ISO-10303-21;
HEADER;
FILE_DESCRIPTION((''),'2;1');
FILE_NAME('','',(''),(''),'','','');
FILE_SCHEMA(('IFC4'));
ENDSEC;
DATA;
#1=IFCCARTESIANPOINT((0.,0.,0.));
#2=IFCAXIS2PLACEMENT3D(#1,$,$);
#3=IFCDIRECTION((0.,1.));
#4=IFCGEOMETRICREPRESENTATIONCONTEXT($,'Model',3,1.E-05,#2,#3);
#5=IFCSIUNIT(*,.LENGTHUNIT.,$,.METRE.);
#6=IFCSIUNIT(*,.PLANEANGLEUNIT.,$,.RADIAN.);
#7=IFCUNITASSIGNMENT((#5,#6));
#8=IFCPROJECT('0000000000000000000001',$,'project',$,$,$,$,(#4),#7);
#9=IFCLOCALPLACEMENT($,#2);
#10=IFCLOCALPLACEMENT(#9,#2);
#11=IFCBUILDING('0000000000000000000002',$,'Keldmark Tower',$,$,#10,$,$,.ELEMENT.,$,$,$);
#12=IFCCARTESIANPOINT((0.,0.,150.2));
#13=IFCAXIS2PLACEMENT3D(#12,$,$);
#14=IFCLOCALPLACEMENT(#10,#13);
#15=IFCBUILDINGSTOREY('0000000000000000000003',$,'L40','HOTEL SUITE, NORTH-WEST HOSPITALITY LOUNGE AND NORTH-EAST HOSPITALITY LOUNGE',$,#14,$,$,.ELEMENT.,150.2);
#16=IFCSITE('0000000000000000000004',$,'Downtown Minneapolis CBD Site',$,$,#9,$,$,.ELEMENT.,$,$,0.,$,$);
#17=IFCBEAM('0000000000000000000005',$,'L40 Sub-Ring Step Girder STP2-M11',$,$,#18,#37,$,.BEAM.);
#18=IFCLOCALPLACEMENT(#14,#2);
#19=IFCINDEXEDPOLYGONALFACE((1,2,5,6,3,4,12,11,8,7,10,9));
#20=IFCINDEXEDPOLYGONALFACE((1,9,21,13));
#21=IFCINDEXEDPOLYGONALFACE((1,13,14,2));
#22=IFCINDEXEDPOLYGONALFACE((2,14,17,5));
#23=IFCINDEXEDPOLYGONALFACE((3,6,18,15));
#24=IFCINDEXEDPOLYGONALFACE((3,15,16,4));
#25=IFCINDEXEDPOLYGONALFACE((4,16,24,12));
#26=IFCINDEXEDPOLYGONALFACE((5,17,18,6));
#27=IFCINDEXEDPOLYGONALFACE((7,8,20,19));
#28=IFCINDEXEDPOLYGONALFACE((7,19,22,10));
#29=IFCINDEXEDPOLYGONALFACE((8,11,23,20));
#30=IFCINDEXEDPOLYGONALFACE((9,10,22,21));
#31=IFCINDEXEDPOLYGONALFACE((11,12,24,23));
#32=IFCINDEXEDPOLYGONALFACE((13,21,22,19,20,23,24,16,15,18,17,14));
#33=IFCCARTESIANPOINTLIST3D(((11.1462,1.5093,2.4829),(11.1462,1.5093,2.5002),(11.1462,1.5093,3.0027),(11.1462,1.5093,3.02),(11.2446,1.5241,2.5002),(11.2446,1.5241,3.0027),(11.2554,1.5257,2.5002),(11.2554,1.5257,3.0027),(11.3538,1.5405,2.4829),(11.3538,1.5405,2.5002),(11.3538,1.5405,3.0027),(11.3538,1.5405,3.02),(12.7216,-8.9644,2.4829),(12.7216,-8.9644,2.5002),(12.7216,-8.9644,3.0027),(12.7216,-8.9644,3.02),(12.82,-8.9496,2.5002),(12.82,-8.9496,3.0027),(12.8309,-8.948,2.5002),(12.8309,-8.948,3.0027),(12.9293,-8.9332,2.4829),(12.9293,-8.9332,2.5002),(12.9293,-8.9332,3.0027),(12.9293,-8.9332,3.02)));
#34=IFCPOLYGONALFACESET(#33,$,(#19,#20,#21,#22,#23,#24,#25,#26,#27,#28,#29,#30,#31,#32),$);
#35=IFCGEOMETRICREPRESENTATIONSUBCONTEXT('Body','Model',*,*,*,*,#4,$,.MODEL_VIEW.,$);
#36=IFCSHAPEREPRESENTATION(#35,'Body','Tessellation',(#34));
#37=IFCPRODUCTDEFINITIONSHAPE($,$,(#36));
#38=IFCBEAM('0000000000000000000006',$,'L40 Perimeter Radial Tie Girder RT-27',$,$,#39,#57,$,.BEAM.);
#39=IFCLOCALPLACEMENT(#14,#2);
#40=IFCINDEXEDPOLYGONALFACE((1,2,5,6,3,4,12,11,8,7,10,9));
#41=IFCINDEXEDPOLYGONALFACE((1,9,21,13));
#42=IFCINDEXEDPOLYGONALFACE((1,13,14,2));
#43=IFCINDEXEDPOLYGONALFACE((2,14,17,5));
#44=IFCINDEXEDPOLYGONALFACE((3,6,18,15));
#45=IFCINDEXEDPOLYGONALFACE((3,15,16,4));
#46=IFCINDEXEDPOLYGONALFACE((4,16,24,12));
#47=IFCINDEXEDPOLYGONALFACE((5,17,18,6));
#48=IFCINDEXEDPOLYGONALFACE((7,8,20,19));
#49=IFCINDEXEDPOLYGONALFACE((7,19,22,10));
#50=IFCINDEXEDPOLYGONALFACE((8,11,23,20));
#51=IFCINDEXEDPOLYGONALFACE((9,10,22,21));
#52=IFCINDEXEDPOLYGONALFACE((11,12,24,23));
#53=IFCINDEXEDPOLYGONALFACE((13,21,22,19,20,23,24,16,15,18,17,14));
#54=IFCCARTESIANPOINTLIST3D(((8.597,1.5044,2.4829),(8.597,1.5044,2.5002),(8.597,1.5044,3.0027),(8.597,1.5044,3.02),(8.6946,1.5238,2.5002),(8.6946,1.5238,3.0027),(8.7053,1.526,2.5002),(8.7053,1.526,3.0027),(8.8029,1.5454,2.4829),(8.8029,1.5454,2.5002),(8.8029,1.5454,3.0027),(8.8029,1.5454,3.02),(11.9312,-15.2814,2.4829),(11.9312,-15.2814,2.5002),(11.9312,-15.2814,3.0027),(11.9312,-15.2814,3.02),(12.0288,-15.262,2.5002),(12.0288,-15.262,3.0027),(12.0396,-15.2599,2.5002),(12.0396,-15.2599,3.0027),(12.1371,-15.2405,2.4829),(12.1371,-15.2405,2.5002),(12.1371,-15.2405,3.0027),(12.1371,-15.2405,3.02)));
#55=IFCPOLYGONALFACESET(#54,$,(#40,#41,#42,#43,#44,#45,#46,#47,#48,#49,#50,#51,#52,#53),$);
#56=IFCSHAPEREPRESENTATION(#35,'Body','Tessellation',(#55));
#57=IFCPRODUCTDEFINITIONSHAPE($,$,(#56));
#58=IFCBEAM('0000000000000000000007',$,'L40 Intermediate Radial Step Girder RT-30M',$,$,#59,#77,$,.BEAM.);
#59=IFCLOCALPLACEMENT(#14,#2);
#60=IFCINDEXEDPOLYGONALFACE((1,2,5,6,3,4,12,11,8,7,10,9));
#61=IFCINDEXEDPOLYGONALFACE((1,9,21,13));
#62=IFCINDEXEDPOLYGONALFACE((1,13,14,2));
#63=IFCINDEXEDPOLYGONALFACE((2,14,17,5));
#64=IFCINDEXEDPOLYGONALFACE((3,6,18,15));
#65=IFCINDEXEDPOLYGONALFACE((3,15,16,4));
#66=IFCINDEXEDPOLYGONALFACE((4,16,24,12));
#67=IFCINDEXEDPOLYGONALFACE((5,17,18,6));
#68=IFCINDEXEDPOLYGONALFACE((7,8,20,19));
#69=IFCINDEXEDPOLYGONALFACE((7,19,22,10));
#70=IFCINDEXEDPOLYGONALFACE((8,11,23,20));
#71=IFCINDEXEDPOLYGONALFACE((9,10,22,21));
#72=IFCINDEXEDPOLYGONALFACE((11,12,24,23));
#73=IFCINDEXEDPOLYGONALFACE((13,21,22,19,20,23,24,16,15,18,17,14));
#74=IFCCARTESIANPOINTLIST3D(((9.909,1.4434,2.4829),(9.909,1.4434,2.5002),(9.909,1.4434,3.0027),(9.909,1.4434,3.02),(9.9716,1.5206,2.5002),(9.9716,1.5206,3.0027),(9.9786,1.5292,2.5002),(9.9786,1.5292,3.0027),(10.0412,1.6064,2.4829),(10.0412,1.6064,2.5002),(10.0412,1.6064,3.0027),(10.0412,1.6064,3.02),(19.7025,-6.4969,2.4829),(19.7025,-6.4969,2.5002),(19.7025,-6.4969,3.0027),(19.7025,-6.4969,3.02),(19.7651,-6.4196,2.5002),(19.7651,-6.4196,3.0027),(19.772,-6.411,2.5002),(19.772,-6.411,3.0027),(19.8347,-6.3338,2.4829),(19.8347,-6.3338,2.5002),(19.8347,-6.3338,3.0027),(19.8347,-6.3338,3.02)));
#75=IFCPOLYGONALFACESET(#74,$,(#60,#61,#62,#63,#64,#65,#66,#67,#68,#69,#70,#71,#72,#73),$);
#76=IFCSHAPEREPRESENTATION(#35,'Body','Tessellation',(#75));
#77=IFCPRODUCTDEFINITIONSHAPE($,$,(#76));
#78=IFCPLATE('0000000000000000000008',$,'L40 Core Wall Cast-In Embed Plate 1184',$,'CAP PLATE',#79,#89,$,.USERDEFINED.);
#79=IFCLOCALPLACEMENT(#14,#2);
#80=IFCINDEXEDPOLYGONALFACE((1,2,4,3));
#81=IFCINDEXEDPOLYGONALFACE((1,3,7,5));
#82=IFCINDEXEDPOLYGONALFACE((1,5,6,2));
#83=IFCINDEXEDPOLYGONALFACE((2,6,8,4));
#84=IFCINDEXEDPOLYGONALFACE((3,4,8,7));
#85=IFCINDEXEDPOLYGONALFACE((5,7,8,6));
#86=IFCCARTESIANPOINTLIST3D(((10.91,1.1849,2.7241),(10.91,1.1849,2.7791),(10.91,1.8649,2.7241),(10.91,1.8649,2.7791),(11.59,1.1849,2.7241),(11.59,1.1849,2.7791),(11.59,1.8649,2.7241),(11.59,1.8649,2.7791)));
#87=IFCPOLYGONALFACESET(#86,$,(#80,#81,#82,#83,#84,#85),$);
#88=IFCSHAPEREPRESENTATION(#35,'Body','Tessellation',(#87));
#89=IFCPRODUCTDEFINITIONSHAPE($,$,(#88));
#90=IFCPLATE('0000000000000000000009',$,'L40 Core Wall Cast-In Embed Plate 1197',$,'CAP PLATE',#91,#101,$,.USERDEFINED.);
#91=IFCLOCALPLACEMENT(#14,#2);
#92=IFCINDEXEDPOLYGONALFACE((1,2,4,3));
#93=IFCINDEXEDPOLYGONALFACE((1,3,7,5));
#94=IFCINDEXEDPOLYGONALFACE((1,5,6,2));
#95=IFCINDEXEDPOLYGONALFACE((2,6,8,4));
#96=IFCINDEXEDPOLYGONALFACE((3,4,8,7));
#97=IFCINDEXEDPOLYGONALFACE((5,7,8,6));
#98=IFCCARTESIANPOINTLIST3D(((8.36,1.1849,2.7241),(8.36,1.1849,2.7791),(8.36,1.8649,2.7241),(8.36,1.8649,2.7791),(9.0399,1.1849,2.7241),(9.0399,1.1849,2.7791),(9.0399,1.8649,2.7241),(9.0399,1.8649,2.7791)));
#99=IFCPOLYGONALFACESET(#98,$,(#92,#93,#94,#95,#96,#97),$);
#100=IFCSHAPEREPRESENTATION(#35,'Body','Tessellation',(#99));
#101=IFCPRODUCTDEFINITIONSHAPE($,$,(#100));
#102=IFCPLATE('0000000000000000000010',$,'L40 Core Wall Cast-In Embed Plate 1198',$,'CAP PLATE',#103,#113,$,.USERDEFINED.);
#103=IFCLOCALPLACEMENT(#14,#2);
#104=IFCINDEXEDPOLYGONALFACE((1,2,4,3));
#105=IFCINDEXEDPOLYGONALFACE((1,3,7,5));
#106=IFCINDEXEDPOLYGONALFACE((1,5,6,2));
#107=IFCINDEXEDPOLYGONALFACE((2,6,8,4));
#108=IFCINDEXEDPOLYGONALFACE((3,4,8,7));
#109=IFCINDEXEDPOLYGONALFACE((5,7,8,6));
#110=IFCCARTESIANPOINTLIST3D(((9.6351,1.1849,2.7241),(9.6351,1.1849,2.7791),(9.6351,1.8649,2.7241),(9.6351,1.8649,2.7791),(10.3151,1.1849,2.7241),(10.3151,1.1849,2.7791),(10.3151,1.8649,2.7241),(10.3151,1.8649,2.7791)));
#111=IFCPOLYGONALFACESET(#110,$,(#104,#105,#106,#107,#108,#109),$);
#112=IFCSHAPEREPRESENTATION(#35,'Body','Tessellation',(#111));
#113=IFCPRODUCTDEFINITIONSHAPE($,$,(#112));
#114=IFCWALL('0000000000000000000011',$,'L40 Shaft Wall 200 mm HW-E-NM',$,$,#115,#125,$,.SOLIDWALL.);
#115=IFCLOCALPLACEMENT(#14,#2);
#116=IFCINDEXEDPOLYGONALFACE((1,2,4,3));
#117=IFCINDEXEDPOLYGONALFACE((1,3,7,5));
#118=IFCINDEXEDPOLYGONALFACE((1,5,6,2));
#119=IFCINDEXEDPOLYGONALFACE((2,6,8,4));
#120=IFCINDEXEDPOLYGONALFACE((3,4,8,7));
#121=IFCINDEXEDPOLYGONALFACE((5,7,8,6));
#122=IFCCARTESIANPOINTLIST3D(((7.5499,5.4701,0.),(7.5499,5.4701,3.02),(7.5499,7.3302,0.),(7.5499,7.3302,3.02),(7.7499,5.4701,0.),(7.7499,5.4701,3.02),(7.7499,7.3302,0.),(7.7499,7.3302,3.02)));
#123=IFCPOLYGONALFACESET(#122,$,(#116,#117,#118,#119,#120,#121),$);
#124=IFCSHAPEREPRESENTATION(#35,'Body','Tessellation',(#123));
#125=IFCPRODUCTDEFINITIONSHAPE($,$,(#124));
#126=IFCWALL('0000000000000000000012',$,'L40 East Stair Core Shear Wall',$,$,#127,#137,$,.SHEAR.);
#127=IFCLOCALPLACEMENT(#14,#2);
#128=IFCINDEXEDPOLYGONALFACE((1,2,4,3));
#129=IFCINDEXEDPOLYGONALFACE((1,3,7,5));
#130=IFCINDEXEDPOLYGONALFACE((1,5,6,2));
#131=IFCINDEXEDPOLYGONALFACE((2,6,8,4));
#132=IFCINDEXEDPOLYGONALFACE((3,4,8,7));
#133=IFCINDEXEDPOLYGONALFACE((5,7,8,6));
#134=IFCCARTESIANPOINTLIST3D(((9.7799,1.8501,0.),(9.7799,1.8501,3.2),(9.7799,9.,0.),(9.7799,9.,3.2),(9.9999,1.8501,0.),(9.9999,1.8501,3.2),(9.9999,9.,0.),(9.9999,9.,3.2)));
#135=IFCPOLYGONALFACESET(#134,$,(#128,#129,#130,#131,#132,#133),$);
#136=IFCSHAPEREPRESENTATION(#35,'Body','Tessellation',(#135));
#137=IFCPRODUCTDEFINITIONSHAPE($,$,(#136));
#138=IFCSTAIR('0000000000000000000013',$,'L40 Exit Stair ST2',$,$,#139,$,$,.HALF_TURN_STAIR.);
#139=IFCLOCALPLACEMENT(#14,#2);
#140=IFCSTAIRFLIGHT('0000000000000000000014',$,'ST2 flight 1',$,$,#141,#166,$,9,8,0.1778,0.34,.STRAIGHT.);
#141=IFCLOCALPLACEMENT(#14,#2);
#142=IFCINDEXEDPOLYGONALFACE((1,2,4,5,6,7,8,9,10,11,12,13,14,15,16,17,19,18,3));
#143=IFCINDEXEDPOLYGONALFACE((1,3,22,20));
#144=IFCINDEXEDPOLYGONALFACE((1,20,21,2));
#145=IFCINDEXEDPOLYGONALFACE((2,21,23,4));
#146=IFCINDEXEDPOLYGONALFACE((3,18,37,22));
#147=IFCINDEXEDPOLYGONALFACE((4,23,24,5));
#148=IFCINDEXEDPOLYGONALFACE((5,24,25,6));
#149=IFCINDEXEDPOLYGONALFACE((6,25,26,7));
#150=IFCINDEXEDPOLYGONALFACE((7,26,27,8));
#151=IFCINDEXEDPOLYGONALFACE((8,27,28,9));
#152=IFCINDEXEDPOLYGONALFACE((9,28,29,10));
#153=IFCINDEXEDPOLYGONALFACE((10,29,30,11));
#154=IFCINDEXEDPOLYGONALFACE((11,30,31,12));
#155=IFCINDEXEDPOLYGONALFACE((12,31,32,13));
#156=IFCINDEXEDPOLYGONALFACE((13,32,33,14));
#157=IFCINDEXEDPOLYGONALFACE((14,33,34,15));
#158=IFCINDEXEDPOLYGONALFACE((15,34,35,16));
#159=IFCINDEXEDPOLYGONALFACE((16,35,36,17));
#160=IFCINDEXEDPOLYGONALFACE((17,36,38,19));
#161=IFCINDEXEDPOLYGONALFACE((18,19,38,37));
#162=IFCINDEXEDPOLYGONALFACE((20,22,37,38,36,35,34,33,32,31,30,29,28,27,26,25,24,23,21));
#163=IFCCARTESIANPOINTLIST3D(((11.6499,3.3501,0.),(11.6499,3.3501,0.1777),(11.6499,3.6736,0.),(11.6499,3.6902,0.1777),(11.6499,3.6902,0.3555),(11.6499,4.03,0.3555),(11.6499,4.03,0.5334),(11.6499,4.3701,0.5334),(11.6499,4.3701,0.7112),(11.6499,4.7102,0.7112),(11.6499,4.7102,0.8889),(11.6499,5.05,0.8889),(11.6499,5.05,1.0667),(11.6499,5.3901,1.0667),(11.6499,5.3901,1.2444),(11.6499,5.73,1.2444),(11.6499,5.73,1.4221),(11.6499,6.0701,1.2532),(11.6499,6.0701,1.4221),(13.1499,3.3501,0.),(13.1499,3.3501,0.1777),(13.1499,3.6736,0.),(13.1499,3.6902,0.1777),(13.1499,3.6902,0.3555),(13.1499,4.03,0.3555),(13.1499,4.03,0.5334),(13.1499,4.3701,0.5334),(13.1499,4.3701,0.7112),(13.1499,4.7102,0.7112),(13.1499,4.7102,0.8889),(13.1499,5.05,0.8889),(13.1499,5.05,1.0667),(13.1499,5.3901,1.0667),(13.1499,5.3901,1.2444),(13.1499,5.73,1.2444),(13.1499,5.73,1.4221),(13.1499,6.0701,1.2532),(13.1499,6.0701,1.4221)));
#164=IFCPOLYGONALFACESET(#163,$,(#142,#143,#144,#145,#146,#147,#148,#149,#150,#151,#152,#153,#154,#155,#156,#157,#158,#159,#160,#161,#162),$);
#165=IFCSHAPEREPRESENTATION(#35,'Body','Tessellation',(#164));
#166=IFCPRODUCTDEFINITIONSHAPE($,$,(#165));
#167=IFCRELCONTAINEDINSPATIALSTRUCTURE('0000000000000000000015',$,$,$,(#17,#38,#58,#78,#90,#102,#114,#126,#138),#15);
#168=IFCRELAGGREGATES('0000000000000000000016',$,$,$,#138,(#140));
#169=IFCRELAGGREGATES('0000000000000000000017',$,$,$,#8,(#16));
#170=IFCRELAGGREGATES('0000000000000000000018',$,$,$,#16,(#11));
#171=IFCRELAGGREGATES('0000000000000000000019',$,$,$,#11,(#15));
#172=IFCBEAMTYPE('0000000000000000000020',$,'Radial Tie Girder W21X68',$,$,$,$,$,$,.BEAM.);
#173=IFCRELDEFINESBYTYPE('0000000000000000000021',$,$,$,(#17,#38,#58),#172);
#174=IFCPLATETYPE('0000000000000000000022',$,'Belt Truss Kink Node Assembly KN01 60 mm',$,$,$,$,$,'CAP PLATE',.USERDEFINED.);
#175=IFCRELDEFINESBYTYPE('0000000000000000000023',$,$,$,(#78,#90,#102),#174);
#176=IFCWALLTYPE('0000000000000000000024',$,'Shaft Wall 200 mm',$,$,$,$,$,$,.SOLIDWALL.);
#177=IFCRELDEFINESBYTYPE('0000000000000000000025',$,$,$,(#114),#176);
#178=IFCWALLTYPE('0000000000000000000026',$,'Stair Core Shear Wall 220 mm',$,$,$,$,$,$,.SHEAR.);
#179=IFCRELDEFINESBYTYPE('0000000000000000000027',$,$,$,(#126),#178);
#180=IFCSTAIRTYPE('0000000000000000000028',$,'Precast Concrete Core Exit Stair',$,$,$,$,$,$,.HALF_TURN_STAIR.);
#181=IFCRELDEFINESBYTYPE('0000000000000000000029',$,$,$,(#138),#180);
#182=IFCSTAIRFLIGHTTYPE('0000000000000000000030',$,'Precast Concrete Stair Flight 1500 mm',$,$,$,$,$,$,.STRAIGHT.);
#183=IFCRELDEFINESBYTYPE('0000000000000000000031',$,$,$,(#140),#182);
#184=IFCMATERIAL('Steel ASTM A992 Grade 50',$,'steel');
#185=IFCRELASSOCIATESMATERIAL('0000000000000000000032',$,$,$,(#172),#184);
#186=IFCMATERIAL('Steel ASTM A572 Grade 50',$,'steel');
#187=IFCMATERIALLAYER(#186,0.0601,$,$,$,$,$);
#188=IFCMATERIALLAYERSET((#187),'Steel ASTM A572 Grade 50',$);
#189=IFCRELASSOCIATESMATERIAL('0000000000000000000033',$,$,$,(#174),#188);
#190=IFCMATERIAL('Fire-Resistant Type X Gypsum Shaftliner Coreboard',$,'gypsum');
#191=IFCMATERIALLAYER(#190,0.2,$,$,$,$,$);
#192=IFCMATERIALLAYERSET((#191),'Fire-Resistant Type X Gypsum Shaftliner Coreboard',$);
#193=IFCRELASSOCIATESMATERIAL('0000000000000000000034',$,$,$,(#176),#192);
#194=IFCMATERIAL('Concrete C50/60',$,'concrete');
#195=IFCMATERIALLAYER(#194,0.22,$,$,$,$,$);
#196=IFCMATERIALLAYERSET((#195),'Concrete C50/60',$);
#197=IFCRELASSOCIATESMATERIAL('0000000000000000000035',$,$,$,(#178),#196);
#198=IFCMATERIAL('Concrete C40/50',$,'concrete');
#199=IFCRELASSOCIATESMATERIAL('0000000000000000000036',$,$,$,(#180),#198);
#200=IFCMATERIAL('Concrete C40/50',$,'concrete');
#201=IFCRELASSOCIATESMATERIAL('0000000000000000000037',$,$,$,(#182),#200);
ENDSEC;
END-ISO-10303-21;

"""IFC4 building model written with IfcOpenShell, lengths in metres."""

from ifc_helpers import new_model, si_unit, direction, frame, frame_2d, origin, origin_2d, place, context, subcontext, project, spatial, polyline, rectangle, i_section, outline, extrude, material, layer, layer_set, material_profile, profile_set, type_object, element, aggregate, save


model = new_model("IFC4")

# Units and contexts
model_context = context("Model", 3, precision=1e-05, world=origin(), true_north=direction((0.0, 1.0)))
body_context = subcontext(model_context, "Body", "Model", "MODEL_VIEW")
ifc_project = project(units=[si_unit("LENGTHUNIT", "METRE"), si_unit("PLANEANGLEUNIT", "RADIAN")], contexts=[model_context])

# Site, building, storey
site_placement = place(None, origin())
site = spatial("IfcSite", under=ifc_project, at=site_placement, Name="Downtown Minneapolis CBD Site", CompositionType="ELEMENT", RefElevation=0.0)
building_placement = place(site_placement, origin())
building = spatial("IfcBuilding", under=site, at=building_placement, Name="Keldmark Tower", CompositionType="ELEMENT")
storey_placement = place(building_placement, frame((0.0, 0.0, 150.2)))
storey = spatial("IfcBuildingStorey", under=building, at=storey_placement, Name="L40", Description="HOTEL SUITE, NORTH-WEST HOSPITALITY LOUNGE AND NORTH-EAST HOSPITALITY LOUNGE", CompositionType="ELEMENT", Elevation=150.2)

# Beams
ifc_material_1 = material(Name="Steel ASTM A992 Grade 50", Category="steel")
ifc_material_profile = material_profile(ifc_material_1, i_section(OverallWidth=0.21, OverallDepth=0.5371, WebThickness=0.011, FlangeThickness=0.0173, at=origin_2d()), Name="W21X68")
ifc_profile_set = profile_set([ifc_material_profile], Name="Steel ASTM A992 Grade 50")
beam_type = type_object("IfcBeamType", Name="Radial Tie Girder W21X68", PredefinedType="BEAM", material=ifc_profile_set)
beam_1_placement = place(storey_placement, frame((11.25, 1.5249, 2.7515), z_axis=(0.148746, -0.988875, 0.0), x_axis=(0.988875, 0.148746, 0.0)))
element("IfcBeam", 1, at=beam_1_placement, inside=storey, type_object=beam_type, Name="L40 Sub-Ring Step Girder STP2-M11", PredefinedType="BEAM", context=body_context, shape_type="SweptSolid", body=[
    extrude(i_section(OverallWidth=0.21, OverallDepth=0.5371, WebThickness=0.011, FlangeThickness=0.0173, at=origin_2d()), origin(), (0.0, 0.0, 1.0), 10.5916),
])
beam_2_placement = place(storey_placement, frame((8.7, 1.5249, 2.7515), z_axis=(0.194827, -0.980838, 0.0), x_axis=(0.980838, 0.194827, 0.0)))
element("IfcBeam", 2, at=beam_2_placement, inside=storey, type_object=beam_type, Name="L40 Perimeter Radial Tie Girder RT-27", PredefinedType="BEAM", context=body_context, shape_type="SweptSolid", body=[
    extrude(i_section(OverallWidth=0.21, OverallDepth=0.5371, WebThickness=0.011, FlangeThickness=0.0173, at=origin_2d()), origin(), (0.0, 0.0, 1.0), 17.1138),
])
beam_3_placement = place(storey_placement, frame((9.9751, 1.5249, 2.7515), z_axis=(0.776773, -0.62978, 0.0), x_axis=(0.62978, 0.776773, 0.0)))
element("IfcBeam", 3, at=beam_3_placement, inside=storey, type_object=beam_type, Name="L40 Intermediate Radial Step Girder RT-30M", PredefinedType="BEAM", context=body_context, shape_type="SweptSolid", body=[
    extrude(i_section(OverallWidth=0.21, OverallDepth=0.5371, WebThickness=0.011, FlangeThickness=0.0173, at=origin_2d()), origin(), (0.0, 0.0, 1.0), 12.6079),
])

# Plates
ifc_material_2 = material(Name="Steel ASTM A572 Grade 50", Category="steel")
ifc_layer_1 = layer(ifc_material_2, 0.0601)
ifc_layer_set_1 = layer_set([ifc_layer_1], Name="Steel ASTM A572 Grade 50")
plate_type = type_object("IfcPlateType", Name="Belt Truss Kink Node Assembly KN01 60 mm", ElementType="CAP PLATE", PredefinedType="USERDEFINED", material=ifc_layer_set_1)
for number, where, z_axis, x_axis, name in (
    (4, (11.25, 1.5249, 2.7241), (0.0, 0.0, 1.0), (1.0, 0.0, 0.0), "L40 Core Wall Cast-In Embed Plate 1184"),
    (5, (8.7, 1.5249, 2.7241), (0.0, 0.0, 1.0), (1.0, 0.0, 0.0), "L40 Core Wall Cast-In Embed Plate 1197"),
    (6, (9.9751, 1.5249, 2.7241), (0.0, 0.0, 1.0), (1.0, 0.0, 0.0), "L40 Core Wall Cast-In Embed Plate 1198"),
):
    element("IfcPlate", number, at=place(storey_placement, frame(where, z_axis=z_axis, x_axis=x_axis)), inside=storey, type_object=plate_type, Name=name, ObjectType="CAP PLATE", PredefinedType="USERDEFINED", context=body_context, shape_type="SweptSolid", body=[
        extrude(rectangle(XDim=0.6799, YDim=0.6799, at=origin_2d()), origin(), (0.0, 0.0, 1.0), 0.0549),
    ])

# Walls
ifc_material_3 = material(Name="Fire-Resistant Type X Gypsum Shaftliner Coreboard", Category="gypsum")
ifc_layer_2 = layer(ifc_material_3, 0.2)
ifc_layer_set_2 = layer_set([ifc_layer_2], Name="Fire-Resistant Type X Gypsum Shaftliner Coreboard")
wall_type_1 = type_object("IfcWallType", Name="Shaft Wall 200 mm", PredefinedType="SOLIDWALL", material=ifc_layer_set_2)
wall_1_placement = place(storey_placement, frame((7.6499, 5.47, 0.0), z_axis=(0.0, 0.0, 1.0), x_axis=(0.0, 1.0, 0.0)))
element("IfcWall", 7, at=wall_1_placement, inside=storey, type_object=wall_type_1, Name="L40 Shaft Wall 200 mm HW-E-NM", PredefinedType="SOLIDWALL", context=body_context, shape_type="SweptSolid", body=[
    extrude(rectangle(XDim=1.8601, YDim=0.2, at=frame_2d((0.9302, 0.0))), origin(), (0.0, 0.0, 1.0), 3.02),
])
ifc_material_4 = material(Name="Concrete C50/60", Category="concrete")
ifc_layer_3 = layer(ifc_material_4, 0.22)
ifc_layer_set_3 = layer_set([ifc_layer_3], Name="Concrete C50/60")
wall_type_2 = type_object("IfcWallType", Name="Stair Core Shear Wall 220 mm", PredefinedType="SHEAR", material=ifc_layer_set_3)
wall_2_placement = place(storey_placement, frame((9.8899, 1.8501, 0.0), z_axis=(0.0, 0.0, 1.0), x_axis=(0.0, 1.0, 0.0)))
element("IfcWall", 8, at=wall_2_placement, inside=storey, type_object=wall_type_2, Name="L40 East Stair Core Shear Wall", PredefinedType="SHEAR", context=body_context, shape_type="SweptSolid", body=[
    extrude(rectangle(XDim=7.1499, YDim=0.22, at=frame_2d((3.575, 0.0))), origin(), (0.0, 0.0, 1.0), 3.2),
])

# Stair, stair flight
ifc_material_5 = material(Name="Concrete C40/50", Category="concrete")
stair_type = type_object("IfcStairType", Name="Precast Concrete Core Exit Stair", PredefinedType="HALF_TURN_STAIR", material=ifc_material_5)
stair_placement = place(storey_placement, origin())
stair = element("IfcStair", 9, at=stair_placement, inside=storey, type_object=stair_type, Name="L40 Exit Stair ST2", PredefinedType="HALF_TURN_STAIR")
ifc_material_6 = material(Name="Concrete C40/50", Category="concrete")
stair_flight_type = type_object("IfcStairFlightType", Name="Precast Concrete Stair Flight 1500 mm", PredefinedType="STRAIGHT", material=ifc_material_6)
stair_flight_1_placement = place(storey_placement, frame((12.3999, 3.3501, 0.0), z_axis=(0.0, 0.0, 1.0), x_axis=(0.0, 1.0, 0.0)))
stair_flight_1 = element("IfcStairFlight", 10, at=stair_flight_1_placement, type_object=stair_flight_type, Name="ST2 flight 1", NumberOfRisers=9, NumberOfTreads=8, PredefinedType="STRAIGHT", RiserHeight=0.1778, TreadLength=0.34, context=body_context, shape_type="SweptSolid", body=[
    extrude(outline(polyline([(0.0, 0.0), (0.0, 0.1777), (0.3401, 0.1777), (0.3401, 0.3555), (0.6799, 0.3555), (0.6799, 0.5334), (1.02, 0.5334), (1.02, 0.7112), (1.3601, 0.7112), (1.3601, 0.8889), (1.7, 0.8889), (1.7, 1.0667), (2.04, 1.0667), (2.04, 1.2444), (2.3799, 1.2444), (2.3799, 1.4221), (2.72, 1.4221), (2.72, 1.6001), (2.72, 1.2532), (0.3235, 0.0), (0.0, 0.0)])), frame((0.0, 0.75, 0.0), z_axis=(0.0, -1.0, 0.0), x_axis=(1.0, 0.0, 0.0)), (0.0, 0.0, 1.0), 1.5),
])
aggregate(stair, [stair_flight_1])

save(model, "model.ifc")
